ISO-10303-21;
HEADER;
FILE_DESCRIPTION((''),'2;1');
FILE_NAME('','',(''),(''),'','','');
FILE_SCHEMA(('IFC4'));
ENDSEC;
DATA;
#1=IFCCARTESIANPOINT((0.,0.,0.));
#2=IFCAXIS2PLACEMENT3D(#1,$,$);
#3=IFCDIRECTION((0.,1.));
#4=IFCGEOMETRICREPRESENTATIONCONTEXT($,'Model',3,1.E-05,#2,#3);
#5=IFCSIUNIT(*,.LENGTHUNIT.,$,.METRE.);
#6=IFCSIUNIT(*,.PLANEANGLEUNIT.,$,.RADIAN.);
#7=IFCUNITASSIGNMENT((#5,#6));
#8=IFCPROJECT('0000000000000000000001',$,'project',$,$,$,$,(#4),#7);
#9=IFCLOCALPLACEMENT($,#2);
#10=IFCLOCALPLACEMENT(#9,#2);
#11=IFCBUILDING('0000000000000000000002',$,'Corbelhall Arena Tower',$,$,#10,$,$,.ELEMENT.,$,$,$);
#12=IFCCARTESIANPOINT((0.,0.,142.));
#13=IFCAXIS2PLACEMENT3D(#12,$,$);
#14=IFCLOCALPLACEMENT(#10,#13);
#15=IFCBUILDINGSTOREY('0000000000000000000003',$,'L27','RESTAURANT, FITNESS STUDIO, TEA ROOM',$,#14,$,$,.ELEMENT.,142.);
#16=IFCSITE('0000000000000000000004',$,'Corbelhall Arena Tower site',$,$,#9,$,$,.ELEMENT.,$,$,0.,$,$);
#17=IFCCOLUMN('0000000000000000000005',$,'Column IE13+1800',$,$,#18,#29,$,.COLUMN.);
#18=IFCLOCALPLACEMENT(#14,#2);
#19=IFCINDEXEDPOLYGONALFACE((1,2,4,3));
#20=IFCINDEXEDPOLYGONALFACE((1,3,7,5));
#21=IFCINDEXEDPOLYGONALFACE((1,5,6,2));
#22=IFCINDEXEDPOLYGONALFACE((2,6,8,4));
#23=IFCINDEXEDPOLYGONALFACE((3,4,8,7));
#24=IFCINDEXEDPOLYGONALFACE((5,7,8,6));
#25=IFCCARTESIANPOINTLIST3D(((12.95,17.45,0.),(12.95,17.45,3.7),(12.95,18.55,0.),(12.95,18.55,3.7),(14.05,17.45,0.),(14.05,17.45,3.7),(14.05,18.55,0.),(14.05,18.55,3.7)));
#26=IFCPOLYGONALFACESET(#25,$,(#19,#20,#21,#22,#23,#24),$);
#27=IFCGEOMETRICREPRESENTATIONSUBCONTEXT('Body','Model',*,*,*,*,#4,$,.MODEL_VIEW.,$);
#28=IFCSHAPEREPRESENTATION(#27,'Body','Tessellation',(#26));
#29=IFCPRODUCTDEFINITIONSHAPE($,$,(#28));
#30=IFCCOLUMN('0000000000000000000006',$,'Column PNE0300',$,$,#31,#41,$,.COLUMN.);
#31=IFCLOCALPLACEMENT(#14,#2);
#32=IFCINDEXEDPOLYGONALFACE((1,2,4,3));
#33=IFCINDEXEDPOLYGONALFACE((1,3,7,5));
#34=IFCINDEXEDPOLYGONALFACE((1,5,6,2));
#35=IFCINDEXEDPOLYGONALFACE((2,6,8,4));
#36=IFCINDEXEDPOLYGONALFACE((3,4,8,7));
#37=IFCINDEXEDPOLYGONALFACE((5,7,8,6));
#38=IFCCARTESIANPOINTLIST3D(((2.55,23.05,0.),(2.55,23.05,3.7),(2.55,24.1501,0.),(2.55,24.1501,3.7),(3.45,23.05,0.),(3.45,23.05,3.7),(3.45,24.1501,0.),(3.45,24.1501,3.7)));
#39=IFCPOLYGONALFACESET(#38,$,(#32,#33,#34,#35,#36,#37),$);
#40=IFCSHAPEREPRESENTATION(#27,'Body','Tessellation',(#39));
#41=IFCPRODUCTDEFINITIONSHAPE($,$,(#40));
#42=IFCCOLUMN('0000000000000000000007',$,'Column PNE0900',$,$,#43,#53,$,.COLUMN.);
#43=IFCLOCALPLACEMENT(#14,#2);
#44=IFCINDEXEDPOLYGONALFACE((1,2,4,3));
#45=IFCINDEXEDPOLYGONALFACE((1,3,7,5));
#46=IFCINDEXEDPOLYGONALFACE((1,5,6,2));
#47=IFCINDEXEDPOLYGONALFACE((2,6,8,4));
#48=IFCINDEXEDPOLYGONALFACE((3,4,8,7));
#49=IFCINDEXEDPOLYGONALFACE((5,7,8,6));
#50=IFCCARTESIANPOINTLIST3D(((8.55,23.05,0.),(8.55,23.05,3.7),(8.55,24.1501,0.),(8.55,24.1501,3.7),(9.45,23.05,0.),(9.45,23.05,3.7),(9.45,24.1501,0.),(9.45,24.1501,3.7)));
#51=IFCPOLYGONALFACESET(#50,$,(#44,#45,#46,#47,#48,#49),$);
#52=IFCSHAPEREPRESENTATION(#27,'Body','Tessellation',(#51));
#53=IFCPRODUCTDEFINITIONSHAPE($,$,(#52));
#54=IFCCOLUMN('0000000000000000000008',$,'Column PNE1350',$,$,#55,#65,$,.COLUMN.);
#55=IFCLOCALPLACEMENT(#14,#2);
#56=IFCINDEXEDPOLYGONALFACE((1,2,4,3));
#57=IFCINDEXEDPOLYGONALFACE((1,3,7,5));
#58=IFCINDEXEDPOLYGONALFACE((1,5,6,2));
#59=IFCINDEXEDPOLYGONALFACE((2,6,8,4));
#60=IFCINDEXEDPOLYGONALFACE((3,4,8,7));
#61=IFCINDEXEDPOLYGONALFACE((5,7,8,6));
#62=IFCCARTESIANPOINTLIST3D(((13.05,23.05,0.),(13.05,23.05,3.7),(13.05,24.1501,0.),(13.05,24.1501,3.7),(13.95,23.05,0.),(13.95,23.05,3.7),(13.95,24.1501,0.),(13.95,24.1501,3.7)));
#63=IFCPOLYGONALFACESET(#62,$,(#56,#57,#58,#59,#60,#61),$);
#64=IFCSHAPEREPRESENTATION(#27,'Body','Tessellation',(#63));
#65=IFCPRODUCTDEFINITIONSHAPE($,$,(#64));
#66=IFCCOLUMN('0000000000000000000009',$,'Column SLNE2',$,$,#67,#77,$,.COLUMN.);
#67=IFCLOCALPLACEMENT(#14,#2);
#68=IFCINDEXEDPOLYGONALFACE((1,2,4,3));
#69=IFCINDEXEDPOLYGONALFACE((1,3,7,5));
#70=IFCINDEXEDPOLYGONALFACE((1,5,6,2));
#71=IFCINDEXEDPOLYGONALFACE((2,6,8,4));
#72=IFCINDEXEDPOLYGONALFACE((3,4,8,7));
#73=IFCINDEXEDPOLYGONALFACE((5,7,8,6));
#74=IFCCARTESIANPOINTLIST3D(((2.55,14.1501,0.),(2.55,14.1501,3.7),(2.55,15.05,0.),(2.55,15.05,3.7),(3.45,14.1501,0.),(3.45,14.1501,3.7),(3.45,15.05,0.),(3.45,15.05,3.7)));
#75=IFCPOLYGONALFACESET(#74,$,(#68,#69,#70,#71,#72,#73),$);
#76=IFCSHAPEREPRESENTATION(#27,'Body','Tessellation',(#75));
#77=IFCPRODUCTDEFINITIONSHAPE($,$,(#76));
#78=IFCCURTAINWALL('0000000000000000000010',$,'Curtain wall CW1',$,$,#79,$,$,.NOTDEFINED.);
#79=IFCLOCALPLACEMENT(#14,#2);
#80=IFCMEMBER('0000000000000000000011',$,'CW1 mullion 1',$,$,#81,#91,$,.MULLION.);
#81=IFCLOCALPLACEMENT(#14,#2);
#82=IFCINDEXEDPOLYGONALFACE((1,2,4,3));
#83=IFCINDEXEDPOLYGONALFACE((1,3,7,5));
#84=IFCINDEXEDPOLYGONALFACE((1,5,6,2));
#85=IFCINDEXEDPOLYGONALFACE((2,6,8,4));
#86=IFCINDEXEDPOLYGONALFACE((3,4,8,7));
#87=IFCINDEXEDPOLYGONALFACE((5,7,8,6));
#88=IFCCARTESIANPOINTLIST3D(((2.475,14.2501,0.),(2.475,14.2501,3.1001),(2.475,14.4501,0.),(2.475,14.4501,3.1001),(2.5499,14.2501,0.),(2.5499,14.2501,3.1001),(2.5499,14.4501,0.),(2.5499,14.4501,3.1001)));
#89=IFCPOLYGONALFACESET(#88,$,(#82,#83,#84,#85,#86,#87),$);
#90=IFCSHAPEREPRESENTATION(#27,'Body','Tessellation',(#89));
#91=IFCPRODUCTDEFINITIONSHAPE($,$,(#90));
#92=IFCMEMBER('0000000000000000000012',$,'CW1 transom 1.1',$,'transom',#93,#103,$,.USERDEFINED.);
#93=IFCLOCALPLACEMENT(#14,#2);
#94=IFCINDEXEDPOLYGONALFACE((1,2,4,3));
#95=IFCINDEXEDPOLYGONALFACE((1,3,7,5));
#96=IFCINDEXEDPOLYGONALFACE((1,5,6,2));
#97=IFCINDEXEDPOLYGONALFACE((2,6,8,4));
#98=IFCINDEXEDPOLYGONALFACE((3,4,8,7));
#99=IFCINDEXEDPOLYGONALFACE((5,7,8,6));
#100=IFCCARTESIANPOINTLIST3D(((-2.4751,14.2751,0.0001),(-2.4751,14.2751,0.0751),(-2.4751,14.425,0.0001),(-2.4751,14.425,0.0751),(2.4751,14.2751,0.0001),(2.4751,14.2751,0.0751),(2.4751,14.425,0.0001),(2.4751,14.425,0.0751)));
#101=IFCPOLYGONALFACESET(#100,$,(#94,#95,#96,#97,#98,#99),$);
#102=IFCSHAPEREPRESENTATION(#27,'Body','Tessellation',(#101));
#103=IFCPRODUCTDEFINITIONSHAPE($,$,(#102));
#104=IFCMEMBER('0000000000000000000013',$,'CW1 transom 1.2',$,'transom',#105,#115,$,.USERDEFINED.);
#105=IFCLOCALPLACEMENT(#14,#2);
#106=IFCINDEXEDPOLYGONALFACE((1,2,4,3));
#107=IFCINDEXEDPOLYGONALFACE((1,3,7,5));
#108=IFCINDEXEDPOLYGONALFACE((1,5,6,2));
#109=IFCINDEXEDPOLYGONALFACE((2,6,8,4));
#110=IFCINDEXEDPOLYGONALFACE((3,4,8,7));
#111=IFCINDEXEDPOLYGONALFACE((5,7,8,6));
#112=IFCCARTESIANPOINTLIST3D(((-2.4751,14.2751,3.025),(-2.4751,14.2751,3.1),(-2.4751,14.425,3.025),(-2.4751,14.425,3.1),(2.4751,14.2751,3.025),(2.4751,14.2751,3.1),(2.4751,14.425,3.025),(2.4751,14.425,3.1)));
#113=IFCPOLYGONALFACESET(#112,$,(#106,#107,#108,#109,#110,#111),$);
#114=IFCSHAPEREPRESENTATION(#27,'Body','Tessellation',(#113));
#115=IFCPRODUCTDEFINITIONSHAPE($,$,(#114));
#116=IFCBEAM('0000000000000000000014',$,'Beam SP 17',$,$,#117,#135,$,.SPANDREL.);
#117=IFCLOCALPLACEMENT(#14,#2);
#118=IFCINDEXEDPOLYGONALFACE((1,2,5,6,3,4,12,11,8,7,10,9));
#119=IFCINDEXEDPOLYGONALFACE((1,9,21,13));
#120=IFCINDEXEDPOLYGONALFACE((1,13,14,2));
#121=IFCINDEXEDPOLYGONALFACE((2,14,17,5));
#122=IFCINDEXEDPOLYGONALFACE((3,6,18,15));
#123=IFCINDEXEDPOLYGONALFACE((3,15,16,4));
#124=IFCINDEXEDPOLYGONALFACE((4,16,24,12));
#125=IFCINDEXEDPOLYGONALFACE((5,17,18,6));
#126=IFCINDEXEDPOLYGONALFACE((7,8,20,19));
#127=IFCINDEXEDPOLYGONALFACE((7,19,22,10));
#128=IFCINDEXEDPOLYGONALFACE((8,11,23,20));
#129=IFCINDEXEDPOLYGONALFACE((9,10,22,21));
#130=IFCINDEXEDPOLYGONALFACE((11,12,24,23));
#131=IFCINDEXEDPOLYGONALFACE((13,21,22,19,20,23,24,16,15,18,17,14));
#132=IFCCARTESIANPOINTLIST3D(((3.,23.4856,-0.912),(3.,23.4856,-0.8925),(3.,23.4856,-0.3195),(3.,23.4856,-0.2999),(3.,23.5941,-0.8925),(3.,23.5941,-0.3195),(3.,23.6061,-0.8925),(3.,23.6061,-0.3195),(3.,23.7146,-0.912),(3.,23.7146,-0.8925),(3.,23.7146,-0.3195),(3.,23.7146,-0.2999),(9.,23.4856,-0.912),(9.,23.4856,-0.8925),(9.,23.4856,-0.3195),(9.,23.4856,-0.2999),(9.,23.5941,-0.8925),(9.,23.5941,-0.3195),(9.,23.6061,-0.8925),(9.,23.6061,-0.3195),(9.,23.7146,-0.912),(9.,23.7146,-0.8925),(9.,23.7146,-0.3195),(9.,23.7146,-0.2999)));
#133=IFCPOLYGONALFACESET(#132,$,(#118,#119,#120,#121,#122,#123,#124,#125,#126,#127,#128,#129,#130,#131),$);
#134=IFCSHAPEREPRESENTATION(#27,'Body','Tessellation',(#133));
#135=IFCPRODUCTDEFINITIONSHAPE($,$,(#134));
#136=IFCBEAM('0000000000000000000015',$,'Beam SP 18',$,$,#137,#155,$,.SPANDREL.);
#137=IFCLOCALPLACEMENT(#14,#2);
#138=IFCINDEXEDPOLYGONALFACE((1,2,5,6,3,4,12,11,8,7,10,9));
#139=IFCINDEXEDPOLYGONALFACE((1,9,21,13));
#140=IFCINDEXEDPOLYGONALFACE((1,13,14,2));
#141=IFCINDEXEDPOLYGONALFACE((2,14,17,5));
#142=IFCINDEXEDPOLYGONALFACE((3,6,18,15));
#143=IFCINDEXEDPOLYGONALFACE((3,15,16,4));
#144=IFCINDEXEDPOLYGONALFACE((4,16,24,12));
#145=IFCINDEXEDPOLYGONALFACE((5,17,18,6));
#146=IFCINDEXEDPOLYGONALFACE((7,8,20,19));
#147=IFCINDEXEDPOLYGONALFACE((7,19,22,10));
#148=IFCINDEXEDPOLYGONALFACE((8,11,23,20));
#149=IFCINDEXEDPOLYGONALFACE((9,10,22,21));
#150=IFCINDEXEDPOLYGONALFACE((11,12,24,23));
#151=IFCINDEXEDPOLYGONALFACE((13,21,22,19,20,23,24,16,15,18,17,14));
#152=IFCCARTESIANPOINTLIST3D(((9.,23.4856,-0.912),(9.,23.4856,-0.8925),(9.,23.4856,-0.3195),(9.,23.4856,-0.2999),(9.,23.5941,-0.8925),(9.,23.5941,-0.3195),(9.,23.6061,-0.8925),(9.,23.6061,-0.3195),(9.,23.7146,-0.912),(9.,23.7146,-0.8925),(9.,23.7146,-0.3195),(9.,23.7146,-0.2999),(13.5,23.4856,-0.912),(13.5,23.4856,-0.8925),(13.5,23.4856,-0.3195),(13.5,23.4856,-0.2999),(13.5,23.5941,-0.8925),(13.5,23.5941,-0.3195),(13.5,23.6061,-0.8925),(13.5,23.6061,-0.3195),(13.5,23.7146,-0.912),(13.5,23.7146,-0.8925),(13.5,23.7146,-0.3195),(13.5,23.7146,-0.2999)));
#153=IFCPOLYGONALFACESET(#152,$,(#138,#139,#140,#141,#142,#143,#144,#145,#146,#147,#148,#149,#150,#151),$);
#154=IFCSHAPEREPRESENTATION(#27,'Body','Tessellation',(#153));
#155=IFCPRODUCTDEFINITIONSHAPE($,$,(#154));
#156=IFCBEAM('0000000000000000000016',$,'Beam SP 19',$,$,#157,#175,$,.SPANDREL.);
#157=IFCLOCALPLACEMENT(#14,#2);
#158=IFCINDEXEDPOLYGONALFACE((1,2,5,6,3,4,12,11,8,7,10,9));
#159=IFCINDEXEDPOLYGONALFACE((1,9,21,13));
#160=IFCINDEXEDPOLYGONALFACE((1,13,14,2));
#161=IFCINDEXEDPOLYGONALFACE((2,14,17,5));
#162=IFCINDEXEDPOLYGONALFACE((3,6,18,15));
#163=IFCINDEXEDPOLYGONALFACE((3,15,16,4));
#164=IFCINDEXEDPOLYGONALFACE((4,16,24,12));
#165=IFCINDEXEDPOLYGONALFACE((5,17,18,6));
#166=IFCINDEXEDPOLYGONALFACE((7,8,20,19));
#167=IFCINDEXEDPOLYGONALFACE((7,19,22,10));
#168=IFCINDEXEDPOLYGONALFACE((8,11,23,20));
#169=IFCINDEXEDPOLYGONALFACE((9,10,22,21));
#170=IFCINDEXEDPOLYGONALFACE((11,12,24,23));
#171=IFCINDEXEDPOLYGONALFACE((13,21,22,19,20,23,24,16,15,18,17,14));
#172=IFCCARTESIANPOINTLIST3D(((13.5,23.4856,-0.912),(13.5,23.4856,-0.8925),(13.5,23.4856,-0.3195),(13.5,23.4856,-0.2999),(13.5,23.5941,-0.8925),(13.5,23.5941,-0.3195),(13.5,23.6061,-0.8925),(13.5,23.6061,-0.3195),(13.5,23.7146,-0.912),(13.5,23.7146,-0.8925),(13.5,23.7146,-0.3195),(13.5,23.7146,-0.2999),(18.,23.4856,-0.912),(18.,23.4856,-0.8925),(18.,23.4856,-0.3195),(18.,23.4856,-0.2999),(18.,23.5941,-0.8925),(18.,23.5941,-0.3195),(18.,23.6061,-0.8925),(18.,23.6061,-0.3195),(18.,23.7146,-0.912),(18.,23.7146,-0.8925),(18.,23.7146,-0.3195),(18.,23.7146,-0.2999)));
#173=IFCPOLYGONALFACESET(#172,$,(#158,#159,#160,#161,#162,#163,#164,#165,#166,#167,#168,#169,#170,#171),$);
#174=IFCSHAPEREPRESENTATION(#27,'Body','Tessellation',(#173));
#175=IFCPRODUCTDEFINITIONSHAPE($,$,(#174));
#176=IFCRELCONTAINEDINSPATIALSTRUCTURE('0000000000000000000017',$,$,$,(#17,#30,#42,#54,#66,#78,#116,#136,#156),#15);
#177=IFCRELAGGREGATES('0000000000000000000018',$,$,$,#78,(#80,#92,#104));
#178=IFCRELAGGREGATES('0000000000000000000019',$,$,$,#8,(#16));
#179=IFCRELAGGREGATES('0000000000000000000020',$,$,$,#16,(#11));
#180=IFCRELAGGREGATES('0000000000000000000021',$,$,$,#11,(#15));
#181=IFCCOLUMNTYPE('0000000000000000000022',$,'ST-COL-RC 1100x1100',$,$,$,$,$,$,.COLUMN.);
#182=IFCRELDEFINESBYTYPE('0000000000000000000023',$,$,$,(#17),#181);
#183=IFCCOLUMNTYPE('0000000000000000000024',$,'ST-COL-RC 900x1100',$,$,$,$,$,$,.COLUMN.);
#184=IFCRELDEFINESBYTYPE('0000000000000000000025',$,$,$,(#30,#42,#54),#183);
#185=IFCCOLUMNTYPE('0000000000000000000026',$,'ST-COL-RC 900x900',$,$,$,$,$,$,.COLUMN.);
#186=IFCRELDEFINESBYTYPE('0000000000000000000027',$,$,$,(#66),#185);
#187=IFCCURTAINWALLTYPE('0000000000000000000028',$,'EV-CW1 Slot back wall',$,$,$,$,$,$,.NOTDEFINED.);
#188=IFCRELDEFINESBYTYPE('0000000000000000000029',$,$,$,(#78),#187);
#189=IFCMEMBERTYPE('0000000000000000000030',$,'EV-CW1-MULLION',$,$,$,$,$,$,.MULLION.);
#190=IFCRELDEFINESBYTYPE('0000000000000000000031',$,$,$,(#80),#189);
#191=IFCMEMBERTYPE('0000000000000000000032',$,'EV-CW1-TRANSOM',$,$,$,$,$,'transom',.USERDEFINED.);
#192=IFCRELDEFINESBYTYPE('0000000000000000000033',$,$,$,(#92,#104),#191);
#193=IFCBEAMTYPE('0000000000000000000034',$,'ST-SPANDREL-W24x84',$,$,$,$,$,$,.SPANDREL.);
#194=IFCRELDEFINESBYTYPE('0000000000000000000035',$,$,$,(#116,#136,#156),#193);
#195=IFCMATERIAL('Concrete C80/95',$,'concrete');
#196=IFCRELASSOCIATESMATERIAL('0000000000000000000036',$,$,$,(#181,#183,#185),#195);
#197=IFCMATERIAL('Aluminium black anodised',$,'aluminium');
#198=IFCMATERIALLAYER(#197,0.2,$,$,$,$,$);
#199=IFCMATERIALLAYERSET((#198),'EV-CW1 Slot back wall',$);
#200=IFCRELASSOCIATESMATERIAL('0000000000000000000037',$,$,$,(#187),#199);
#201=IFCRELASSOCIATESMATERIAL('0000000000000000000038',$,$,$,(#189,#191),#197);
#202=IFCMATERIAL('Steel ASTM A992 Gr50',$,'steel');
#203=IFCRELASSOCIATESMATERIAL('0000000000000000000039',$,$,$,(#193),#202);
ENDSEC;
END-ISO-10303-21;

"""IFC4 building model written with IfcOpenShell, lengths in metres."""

from ifc_helpers import new_model, si_unit, direction, frame, origin, origin_2d, place, context, subcontext, project, spatial, rectangle, i_section, extrude, material, layer, layer_set, material_profile, profile_set, type_object, element, aggregate, save


model = new_model("IFC4")

# Units and contexts
model_context = context("Model", 3, precision=1e-05, world=origin(), true_north=direction((0.0, 1.0)))
body_context = subcontext(model_context, "Body", "Model", "MODEL_VIEW")
ifc_project = project(units=[si_unit("LENGTHUNIT", "METRE"), si_unit("PLANEANGLEUNIT", "RADIAN")], contexts=[model_context])

# Site, building, storey
site_placement = place(None, origin())
site = spatial("IfcSite", under=ifc_project, at=site_placement, Name="Corbelhall Arena Tower site", CompositionType="ELEMENT", RefElevation=0.0)
building_placement = place(site_placement, origin())
building = spatial("IfcBuilding", under=site, at=building_placement, Name="Corbelhall Arena Tower", CompositionType="ELEMENT")
storey_placement = place(building_placement, frame((0.0, 0.0, 142.0)))
storey = spatial("IfcBuildingStorey", under=building, at=storey_placement, Name="L27", Description="RESTAURANT, FITNESS STUDIO, TEA ROOM", CompositionType="ELEMENT", Elevation=142.0)

# Columns
ifc_material_1 = material(Name="Concrete C80/95", Category="concrete")
ifc_material_profile_1 = material_profile(ifc_material_1, rectangle(XDim=1.1001, YDim=1.1001, at=origin_2d()))
ifc_profile_set_1 = profile_set([ifc_material_profile_1], Name="Concrete C80/95")
column_type_1 = type_object("IfcColumnType", Name="ST-COL-RC 1100x1100", PredefinedType="COLUMN", material=ifc_profile_set_1)
column_1_placement = place(storey_placement, frame((13.5, 18.0, 0.0), z_axis=(0.0, 0.0, 1.0), x_axis=(1.0, 0.0, 0.0)))
element("IfcColumn", 1, at=column_1_placement, inside=storey, type_object=column_type_1, Name="Column IE13+1800", PredefinedType="COLUMN", context=body_context, shape_type="SweptSolid", body=[
    extrude(rectangle(XDim=1.1001, YDim=1.1001, at=origin_2d()), origin(), (0.0, 0.0, 1.0), 3.7),
])
ifc_material_profile_2 = material_profile(ifc_material_1, rectangle(XDim=0.8999, YDim=1.1001, at=origin_2d()))
ifc_profile_set_2 = profile_set([ifc_material_profile_2], Name="Concrete C80/95")
column_type_2 = type_object("IfcColumnType", Name="ST-COL-RC 900x1100", PredefinedType="COLUMN", material=ifc_profile_set_2)
for number, where, z_axis, x_axis, name in (
    (2, (3.0, 23.6001, 0.0), (0.0, 0.0, 1.0), (1.0, 0.0, 0.0), "Column PNE0300"),
    (3, (9.0, 23.6001, 0.0), (0.0, 0.0, 1.0), (1.0, 0.0, 0.0), "Column PNE0900"),
    (4, (13.5, 23.6001, 0.0), (0.0, 0.0, 1.0), (1.0, 0.0, 0.0), "Column PNE1350"),
):
    element("IfcColumn", number, at=place(storey_placement, frame(where, z_axis=z_axis, x_axis=x_axis)), inside=storey, type_object=column_type_2, Name=name, PredefinedType="COLUMN", context=body_context, shape_type="SweptSolid", body=[
        extrude(rectangle(XDim=0.8999, YDim=1.1001, at=origin_2d()), origin(), (0.0, 0.0, 1.0), 3.7),
    ])
ifc_material_profile_3 = material_profile(ifc_material_1, rectangle(XDim=0.8999, YDim=0.8999, at=origin_2d()))
ifc_profile_set_3 = profile_set([ifc_material_profile_3], Name="Concrete C80/95")
column_type_3 = type_object("IfcColumnType", Name="ST-COL-RC 900x900", PredefinedType="COLUMN", material=ifc_profile_set_3)
column_2_placement = place(storey_placement, frame((3.0, 14.6001, 0.0), z_axis=(0.0, 0.0, 1.0), x_axis=(1.0, 0.0, 0.0)))
element("IfcColumn", 5, at=column_2_placement, inside=storey, type_object=column_type_3, Name="Column SLNE2", PredefinedType="COLUMN", context=body_context, shape_type="SweptSolid", body=[
    extrude(rectangle(XDim=0.8999, YDim=0.8999, at=origin_2d()), origin(), (0.0, 0.0, 1.0), 3.7),
])

# Curtain wall, members
ifc_material_2 = material(Name="Aluminium black anodised", Category="aluminium")
ifc_layer_1 = layer(ifc_material_2, 0.2)
ifc_layer_set_1 = layer_set([ifc_layer_1], Name="EV-CW1 Slot back wall")
curtain_wall_type = type_object("IfcCurtainWallType", Name="EV-CW1 Slot back wall", PredefinedType="NOTDEFINED", material=ifc_layer_set_1)
curtain_wall_placement = place(storey_placement, origin())
curtain_wall = element("IfcCurtainWall", 6, at=curtain_wall_placement, inside=storey, type_object=curtain_wall_type, Name="Curtain wall CW1", PredefinedType="NOTDEFINED")
ifc_material_profile_4 = material_profile(ifc_material_2, rectangle(XDim=0.2, YDim=0.075, at=origin_2d()))
ifc_profile_set_4 = profile_set([ifc_material_profile_4], Name="Aluminium black anodised")
member_type_1 = type_object("IfcMemberType", Name="EV-CW1-MULLION", PredefinedType="MULLION", material=ifc_profile_set_4)
member_1_placement = place(storey_placement, frame((2.5125, 14.3501, 0.0), z_axis=(0.0, 0.0, 1.0), x_axis=(0.0, -1.0, 0.0)))
member_1 = element("IfcMember", 7, at=member_1_placement, type_object=member_type_1, Name="CW1 mullion 1", PredefinedType="MULLION", context=body_context, shape_type="SweptSolid", body=[
    extrude(rectangle(XDim=0.2, YDim=0.075, at=origin_2d()), origin(), (0.0, 0.0, 1.0), 3.1001),
])
ifc_material_profile_5 = material_profile(ifc_material_2, rectangle(XDim=0.1499, YDim=0.075, at=origin_2d()))
ifc_profile_set_5 = profile_set([ifc_material_profile_5], Name="Aluminium black anodised")
member_type_2 = type_object("IfcMemberType", Name="EV-CW1-TRANSOM", ElementType="transom", PredefinedType="USERDEFINED", material=ifc_profile_set_5)
member_2_placement = place(storey_placement, frame((2.4751, 14.3501, 0.0376), z_axis=(-1.0, 0.0, 0.0), x_axis=(0.0, -1.0, 0.0)))
member_2 = element("IfcMember", 8, at=member_2_placement, type_object=member_type_2, Name="CW1 transom 1.1", ObjectType="transom", PredefinedType="USERDEFINED", context=body_context, shape_type="SweptSolid", body=[
    extrude(rectangle(XDim=0.1499, YDim=0.075, at=origin_2d()), origin(), (0.0, 0.0, 1.0), 4.9502),
])
member_3_placement = place(storey_placement, frame((2.4751, 14.3501, 3.0625), z_axis=(-1.0, 0.0, 0.0), x_axis=(0.0, -1.0, 0.0)))
member_3 = element("IfcMember", 9, at=member_3_placement, type_object=member_type_2, Name="CW1 transom 1.2", ObjectType="transom", PredefinedType="USERDEFINED", context=body_context, shape_type="SweptSolid", body=[
    extrude(rectangle(XDim=0.1499, YDim=0.075, at=origin_2d()), origin(), (0.0, 0.0, 1.0), 4.9502),
])

# Beams
ifc_material_3 = material(Name="Steel ASTM A992 Gr50", Category="steel")
ifc_material_profile_6 = material_profile(ifc_material_3, i_section(OverallWidth=0.229, OverallDepth=0.6121, WebThickness=0.012, FlangeThickness=0.0195, at=origin_2d()))
ifc_profile_set_6 = profile_set([ifc_material_profile_6], Name="Steel ASTM A992 Gr50")
beam_type_1 = type_object("IfcBeamType", Name="ST-SPANDREL-W24x84", PredefinedType="SPANDREL", material=ifc_profile_set_6)
beam_1_placement = place(storey_placement, frame((3.0, 23.6001, -0.606), z_axis=(1.0, 0.0, 0.0), x_axis=(0.0, 1.0, 0.0)))
element("IfcBeam", 10, at=beam_1_placement, inside=storey, type_object=beam_type_1, Name="Beam SP 17", PredefinedType="SPANDREL", context=body_context, shape_type="SweptSolid", body=[
    extrude(i_section(OverallWidth=0.229, OverallDepth=0.6121, WebThickness=0.012, FlangeThickness=0.0195, at=origin_2d()), origin(), (0.0, 0.0, 1.0), 6.0),
])
for number, where, z_axis, x_axis, name in (
    (11, (9.0, 23.6001, -0.606), (1.0, 0.0, 0.0), (0.0, 1.0, 0.0), "Beam SP 18"),
    (12, (13.5, 23.6001, -0.606), (1.0, 0.0, 0.0), (0.0, 1.0, 0.0), "Beam SP 19"),
):
    element("IfcBeam", number, at=place(storey_placement, frame(where, z_axis=z_axis, x_axis=x_axis)), inside=storey, type_object=beam_type_1, Name=name, PredefinedType="SPANDREL", context=body_context, shape_type="SweptSolid", body=[
        extrude(i_section(OverallWidth=0.229, OverallDepth=0.6121, WebThickness=0.012, FlangeThickness=0.0195, at=origin_2d()), origin(), (0.0, 0.0, 1.0), 4.5),
    ])

aggregate(curtain_wall, [member_1, member_2, member_3])

save(model, "model.ifc")
